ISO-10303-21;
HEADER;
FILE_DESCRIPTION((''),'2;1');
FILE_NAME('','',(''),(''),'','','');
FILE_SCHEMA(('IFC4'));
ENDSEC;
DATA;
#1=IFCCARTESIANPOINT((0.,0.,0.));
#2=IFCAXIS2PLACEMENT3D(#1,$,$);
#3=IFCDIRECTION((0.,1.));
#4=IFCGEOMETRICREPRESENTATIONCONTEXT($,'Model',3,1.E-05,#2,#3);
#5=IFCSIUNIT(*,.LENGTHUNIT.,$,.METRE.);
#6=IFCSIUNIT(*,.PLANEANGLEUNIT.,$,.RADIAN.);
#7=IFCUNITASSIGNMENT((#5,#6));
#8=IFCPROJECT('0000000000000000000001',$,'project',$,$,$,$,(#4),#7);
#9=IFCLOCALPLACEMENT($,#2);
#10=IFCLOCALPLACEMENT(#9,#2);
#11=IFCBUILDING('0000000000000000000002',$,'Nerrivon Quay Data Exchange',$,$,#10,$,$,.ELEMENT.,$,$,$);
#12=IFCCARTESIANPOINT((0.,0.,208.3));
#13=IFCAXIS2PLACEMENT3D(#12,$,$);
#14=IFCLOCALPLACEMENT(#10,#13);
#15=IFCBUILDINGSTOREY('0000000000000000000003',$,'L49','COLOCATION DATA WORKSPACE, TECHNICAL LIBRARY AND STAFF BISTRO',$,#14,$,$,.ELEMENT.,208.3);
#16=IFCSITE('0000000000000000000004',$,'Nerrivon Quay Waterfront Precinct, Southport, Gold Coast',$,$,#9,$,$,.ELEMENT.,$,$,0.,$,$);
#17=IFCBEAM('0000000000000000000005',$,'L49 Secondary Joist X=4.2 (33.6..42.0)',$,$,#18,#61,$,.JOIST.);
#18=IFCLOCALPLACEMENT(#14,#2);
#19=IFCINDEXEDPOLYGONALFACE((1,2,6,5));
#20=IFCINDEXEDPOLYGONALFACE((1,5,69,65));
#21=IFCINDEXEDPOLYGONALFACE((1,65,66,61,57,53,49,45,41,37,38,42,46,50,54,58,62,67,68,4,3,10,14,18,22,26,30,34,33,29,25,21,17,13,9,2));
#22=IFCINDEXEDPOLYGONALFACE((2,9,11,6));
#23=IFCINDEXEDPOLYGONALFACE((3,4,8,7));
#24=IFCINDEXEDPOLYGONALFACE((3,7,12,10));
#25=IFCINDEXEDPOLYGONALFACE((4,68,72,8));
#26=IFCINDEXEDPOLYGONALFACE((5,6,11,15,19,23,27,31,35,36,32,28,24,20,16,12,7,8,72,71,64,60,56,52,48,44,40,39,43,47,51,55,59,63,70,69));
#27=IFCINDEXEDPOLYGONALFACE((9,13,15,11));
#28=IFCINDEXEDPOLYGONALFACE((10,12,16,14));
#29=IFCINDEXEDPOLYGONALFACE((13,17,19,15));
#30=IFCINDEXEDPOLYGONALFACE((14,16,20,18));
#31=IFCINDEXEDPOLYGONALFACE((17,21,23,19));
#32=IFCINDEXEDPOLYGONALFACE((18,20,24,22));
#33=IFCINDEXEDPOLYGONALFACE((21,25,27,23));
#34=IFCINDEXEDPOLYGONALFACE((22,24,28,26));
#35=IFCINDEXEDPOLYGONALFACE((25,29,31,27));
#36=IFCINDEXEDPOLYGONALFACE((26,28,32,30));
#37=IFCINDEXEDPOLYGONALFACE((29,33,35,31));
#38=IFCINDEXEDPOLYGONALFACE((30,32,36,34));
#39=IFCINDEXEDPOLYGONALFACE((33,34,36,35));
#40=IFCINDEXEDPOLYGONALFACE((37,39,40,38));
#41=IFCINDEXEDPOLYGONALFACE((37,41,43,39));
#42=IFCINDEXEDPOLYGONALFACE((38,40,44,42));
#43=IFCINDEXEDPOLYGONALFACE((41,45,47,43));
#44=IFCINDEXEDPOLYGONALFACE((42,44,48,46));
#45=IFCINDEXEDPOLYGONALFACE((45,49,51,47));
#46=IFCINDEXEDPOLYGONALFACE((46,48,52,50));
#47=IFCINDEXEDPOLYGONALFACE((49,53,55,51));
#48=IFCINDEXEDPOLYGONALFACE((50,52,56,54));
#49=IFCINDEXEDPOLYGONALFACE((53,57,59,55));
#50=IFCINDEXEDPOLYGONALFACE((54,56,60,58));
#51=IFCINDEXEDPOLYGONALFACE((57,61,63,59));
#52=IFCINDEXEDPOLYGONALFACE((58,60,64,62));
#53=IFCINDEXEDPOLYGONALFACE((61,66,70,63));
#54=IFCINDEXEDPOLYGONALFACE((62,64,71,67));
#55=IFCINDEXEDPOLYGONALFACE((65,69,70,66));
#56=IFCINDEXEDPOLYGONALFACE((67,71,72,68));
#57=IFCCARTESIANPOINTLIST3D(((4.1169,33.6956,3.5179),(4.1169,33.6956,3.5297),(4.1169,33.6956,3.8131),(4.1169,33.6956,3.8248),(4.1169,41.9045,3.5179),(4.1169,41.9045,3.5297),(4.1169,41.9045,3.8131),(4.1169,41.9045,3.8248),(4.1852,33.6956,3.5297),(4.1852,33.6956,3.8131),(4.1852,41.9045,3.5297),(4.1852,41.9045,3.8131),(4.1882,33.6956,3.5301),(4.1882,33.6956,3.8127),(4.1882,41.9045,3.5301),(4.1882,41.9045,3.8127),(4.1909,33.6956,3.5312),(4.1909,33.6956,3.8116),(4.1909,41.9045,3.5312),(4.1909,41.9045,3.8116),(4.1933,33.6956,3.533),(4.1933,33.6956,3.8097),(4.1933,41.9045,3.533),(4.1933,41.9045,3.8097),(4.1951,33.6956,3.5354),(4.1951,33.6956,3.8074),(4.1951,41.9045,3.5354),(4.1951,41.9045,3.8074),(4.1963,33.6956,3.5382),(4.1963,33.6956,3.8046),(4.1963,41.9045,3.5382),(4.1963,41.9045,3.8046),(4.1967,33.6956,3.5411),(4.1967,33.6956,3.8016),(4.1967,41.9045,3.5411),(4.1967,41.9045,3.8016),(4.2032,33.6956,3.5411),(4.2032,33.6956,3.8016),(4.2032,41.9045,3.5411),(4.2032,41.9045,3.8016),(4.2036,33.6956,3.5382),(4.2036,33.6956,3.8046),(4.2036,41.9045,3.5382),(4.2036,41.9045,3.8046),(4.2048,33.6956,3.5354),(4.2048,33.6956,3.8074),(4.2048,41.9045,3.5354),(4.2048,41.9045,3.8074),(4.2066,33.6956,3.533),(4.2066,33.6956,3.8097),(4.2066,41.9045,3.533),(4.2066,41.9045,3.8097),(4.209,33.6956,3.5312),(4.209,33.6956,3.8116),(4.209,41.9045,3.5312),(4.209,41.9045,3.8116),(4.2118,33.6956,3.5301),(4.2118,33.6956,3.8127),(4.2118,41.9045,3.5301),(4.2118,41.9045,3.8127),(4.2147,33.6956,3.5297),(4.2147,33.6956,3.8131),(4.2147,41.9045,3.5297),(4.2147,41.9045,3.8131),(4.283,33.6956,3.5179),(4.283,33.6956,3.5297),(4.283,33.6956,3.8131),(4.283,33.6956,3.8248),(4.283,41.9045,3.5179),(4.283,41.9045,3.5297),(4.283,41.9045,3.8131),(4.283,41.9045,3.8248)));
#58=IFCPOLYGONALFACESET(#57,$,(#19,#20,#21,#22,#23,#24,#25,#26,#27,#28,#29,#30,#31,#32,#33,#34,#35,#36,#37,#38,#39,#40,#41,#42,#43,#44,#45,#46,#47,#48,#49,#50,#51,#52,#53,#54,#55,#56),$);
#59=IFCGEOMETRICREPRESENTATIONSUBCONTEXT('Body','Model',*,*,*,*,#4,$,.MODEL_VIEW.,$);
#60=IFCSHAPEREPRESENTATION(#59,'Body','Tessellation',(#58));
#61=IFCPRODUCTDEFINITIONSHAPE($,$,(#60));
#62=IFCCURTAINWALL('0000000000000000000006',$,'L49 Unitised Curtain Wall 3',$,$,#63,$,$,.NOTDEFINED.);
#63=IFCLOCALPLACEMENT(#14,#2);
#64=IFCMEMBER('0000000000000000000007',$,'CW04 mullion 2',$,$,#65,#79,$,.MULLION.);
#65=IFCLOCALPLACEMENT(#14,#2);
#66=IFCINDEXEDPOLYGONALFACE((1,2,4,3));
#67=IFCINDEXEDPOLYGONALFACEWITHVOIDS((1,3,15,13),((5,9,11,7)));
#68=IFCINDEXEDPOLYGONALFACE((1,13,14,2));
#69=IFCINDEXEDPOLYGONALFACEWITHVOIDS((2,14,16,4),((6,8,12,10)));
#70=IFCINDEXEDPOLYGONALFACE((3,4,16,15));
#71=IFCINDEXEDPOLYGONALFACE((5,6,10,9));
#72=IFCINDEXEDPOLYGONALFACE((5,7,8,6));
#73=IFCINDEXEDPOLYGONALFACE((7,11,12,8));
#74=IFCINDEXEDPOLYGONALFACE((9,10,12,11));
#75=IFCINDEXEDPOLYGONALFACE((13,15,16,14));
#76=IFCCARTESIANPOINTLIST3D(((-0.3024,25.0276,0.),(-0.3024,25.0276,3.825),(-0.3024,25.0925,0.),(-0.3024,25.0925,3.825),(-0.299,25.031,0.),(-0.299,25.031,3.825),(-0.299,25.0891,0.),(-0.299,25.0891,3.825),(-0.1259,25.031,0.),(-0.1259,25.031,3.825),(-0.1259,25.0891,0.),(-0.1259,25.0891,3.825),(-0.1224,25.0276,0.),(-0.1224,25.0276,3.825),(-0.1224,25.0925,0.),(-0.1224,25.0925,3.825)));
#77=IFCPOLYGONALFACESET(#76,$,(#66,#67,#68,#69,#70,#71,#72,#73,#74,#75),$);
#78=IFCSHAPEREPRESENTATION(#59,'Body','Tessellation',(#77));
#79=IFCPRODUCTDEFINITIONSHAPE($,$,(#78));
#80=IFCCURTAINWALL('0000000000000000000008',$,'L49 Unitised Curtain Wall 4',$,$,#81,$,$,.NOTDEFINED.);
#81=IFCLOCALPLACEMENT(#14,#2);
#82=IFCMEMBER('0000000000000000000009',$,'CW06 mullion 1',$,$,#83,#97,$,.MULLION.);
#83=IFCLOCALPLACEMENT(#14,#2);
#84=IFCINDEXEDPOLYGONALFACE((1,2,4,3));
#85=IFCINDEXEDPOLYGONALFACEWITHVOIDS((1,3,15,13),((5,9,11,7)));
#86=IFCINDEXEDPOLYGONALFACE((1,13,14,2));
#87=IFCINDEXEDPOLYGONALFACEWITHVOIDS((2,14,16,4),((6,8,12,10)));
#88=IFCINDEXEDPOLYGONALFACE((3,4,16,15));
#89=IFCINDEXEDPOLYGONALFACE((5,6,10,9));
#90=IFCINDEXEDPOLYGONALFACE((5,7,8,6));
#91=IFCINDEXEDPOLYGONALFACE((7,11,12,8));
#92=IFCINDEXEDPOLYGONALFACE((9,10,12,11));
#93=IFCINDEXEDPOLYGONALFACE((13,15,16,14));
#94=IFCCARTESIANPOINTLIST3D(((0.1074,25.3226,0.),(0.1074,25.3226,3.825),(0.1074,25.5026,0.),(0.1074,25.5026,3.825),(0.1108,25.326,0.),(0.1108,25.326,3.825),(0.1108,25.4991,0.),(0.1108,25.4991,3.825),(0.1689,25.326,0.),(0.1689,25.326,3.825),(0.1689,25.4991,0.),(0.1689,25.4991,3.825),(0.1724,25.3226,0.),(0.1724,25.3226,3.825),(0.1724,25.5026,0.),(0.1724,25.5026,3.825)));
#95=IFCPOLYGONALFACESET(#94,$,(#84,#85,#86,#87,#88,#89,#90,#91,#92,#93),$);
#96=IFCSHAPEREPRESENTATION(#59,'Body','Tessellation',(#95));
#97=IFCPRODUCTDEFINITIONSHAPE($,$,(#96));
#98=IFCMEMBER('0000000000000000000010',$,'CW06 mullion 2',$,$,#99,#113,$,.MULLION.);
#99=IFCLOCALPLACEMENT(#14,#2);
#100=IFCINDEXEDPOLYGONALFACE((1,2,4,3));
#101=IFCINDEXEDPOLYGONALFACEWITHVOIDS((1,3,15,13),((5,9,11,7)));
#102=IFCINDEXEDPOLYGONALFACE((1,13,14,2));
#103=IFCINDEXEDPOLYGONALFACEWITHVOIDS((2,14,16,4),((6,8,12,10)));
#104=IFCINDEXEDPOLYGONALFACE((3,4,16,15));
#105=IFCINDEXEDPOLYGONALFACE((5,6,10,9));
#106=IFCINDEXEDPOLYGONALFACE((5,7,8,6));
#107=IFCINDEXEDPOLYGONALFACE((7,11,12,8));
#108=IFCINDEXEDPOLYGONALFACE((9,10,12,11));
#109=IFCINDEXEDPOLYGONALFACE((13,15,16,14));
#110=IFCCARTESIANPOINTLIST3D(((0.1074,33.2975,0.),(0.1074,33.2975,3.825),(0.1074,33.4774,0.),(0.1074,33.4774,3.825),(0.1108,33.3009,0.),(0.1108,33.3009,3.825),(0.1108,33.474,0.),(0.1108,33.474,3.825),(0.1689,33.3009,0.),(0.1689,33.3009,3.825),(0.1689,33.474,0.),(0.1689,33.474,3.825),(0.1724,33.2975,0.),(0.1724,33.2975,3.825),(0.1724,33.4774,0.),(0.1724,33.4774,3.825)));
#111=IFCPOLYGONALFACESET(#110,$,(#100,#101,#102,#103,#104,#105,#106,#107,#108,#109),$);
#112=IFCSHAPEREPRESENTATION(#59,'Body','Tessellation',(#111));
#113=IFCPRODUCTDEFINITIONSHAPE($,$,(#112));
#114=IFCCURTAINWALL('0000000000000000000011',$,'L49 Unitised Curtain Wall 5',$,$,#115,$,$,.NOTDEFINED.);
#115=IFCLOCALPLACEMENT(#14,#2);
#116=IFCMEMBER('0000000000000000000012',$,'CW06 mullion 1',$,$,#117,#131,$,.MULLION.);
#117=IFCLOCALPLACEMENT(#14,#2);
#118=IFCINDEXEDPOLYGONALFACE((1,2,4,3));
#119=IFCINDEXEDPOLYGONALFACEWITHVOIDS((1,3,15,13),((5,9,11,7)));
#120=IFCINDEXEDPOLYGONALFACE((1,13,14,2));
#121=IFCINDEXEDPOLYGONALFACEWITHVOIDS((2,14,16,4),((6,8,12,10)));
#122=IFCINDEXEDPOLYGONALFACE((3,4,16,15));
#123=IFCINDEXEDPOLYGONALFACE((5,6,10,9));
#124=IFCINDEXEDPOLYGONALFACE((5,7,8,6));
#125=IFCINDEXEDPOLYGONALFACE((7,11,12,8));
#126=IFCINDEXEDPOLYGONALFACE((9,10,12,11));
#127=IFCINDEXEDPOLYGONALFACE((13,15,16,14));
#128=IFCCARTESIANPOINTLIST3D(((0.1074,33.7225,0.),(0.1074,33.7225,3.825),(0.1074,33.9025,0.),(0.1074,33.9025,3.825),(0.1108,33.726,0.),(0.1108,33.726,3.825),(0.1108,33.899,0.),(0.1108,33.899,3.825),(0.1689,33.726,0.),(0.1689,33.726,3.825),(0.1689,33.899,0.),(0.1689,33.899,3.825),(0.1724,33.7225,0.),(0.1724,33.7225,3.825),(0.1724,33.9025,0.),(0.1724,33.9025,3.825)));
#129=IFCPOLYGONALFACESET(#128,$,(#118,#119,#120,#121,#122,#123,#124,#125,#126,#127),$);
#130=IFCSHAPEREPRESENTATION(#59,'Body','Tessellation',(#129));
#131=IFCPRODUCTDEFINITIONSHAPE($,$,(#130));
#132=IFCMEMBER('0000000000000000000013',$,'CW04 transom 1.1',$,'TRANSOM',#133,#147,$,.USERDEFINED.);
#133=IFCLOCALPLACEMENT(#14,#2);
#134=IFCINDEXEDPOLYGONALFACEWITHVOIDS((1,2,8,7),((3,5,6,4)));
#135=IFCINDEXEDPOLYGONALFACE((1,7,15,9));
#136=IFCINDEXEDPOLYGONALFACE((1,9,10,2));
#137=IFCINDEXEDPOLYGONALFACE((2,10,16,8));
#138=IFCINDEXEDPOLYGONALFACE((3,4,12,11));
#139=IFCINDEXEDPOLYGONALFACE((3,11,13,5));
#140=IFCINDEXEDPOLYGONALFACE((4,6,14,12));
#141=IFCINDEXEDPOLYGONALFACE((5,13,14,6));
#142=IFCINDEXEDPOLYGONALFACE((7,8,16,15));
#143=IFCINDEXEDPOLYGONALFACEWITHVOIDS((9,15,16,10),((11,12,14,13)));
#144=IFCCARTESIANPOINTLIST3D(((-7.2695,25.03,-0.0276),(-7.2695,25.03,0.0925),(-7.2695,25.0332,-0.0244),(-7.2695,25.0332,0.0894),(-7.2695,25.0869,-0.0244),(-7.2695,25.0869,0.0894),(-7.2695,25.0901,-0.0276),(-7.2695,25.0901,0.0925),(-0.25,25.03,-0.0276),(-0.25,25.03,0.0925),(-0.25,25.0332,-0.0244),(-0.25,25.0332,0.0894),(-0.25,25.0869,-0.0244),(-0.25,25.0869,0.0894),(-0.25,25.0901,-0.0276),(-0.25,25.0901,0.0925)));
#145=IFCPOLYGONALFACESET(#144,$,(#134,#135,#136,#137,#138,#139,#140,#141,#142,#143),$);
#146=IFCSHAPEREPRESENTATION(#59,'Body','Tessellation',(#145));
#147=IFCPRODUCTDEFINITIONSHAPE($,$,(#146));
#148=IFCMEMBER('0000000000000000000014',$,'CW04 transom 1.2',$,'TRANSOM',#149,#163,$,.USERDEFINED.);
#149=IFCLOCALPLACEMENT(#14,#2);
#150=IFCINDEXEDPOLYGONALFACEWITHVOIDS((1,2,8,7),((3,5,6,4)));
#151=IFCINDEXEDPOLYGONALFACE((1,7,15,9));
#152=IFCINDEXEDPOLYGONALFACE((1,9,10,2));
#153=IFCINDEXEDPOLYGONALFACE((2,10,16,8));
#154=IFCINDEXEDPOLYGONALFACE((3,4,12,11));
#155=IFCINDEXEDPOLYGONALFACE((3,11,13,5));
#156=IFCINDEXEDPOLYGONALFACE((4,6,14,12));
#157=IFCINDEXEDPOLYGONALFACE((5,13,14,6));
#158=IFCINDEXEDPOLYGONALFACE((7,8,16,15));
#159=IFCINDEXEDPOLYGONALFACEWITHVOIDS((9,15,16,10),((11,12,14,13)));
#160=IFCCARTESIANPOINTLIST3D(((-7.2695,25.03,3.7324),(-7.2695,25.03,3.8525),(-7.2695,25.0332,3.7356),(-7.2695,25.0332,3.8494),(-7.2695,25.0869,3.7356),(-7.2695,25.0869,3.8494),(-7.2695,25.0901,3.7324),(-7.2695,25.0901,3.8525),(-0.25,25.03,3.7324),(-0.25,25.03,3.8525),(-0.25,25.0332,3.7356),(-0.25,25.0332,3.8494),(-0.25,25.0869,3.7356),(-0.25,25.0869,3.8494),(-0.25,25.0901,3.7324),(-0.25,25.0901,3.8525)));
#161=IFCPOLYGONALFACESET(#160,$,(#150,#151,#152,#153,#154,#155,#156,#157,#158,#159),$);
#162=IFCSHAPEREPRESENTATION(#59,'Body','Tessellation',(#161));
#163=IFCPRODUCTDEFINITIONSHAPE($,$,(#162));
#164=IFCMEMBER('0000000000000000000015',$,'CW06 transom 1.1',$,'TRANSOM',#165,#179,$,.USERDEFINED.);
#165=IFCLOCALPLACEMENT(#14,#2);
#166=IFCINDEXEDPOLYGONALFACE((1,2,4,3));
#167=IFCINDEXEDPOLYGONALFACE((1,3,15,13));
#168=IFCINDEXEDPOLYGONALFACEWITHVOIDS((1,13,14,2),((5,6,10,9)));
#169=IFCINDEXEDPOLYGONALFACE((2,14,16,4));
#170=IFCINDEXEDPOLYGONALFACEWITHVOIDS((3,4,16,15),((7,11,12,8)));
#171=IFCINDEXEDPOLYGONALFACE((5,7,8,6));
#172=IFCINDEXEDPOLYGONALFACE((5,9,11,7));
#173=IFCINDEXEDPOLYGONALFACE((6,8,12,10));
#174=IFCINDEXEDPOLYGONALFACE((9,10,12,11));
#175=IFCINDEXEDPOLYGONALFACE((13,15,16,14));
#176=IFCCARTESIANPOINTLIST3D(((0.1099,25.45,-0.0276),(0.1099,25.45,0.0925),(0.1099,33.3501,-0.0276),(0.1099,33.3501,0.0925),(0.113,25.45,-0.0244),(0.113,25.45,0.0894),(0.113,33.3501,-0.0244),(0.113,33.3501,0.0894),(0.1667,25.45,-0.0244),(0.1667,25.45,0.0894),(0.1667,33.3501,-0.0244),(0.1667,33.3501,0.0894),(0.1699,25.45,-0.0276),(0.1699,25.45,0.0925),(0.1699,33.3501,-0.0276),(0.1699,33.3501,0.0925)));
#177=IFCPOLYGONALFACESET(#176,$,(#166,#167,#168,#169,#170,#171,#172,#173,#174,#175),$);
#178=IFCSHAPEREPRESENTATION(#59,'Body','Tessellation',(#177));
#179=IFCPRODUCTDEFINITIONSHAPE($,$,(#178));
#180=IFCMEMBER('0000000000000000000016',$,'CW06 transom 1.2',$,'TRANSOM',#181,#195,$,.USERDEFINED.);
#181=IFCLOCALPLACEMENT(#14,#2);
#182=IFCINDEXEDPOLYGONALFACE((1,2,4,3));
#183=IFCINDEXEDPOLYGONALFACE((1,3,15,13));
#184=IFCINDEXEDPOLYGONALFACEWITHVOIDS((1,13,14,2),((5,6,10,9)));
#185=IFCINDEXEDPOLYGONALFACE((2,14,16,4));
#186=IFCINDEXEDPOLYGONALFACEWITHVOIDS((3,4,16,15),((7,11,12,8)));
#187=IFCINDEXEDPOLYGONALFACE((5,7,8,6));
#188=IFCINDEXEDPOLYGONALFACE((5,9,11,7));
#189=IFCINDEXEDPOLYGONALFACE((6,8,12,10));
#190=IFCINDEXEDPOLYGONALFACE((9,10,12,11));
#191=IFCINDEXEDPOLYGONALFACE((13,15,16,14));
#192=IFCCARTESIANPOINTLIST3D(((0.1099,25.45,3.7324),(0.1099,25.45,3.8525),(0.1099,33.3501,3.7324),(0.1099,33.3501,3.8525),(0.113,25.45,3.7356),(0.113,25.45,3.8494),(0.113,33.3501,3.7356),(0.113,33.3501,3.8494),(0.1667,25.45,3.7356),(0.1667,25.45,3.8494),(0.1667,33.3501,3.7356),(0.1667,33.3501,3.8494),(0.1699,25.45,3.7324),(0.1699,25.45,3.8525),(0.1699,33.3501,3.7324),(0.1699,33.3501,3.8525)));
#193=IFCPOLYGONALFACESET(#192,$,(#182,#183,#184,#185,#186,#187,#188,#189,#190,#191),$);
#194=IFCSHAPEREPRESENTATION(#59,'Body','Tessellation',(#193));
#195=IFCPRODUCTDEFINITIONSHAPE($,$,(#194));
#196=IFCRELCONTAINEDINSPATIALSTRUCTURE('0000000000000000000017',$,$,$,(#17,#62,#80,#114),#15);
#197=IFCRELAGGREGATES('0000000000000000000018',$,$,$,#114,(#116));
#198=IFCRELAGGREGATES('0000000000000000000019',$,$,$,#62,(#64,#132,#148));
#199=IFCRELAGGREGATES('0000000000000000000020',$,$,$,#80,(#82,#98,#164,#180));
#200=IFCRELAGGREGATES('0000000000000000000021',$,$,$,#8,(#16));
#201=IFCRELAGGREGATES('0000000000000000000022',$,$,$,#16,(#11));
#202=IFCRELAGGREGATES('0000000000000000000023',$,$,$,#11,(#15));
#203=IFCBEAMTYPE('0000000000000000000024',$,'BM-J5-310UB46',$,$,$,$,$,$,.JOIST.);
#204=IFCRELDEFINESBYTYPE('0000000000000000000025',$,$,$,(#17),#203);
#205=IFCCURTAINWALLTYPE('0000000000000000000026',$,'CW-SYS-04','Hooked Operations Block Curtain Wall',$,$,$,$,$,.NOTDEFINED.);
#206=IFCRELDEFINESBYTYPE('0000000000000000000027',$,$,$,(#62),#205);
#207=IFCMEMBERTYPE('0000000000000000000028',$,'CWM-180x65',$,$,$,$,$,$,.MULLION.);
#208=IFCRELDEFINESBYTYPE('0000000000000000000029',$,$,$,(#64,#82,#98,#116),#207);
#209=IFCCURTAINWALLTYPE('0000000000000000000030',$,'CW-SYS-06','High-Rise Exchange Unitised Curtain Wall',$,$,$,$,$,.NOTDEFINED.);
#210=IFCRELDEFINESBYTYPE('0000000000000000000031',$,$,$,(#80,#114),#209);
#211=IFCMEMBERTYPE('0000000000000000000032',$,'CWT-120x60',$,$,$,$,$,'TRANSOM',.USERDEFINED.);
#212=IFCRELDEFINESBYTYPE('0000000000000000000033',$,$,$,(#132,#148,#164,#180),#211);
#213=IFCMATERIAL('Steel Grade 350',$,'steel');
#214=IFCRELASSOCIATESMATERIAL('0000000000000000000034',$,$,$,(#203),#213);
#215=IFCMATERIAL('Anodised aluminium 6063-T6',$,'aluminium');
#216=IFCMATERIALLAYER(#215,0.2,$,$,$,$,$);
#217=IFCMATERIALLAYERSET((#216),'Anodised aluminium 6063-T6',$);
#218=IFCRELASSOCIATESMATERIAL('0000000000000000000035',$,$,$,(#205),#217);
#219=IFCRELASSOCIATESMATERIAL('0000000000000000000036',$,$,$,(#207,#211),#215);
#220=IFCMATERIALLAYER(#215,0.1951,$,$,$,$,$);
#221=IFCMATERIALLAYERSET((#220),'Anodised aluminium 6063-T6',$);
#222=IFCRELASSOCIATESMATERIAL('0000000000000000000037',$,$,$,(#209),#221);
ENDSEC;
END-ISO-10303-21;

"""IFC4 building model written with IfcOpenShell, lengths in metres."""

from ifc_helpers import new_model, si_unit, direction, frame, origin, origin_2d, place, context, subcontext, project, spatial, hollow_rectangle, i_section, extrude, material, layer, layer_set, material_profile, profile_set, type_object, element, aggregate, save


model = new_model("IFC4")

# Units and contexts
model_context = context("Model", 3, precision=1e-05, world=origin(), true_north=direction((0.0, 1.0)))
body_context = subcontext(model_context, "Body", "Model", "MODEL_VIEW")
ifc_project = project(units=[si_unit("LENGTHUNIT", "METRE"), si_unit("PLANEANGLEUNIT", "RADIAN")], contexts=[model_context])

# Site, building, storey
site_placement = place(None, origin())
site = spatial("IfcSite", under=ifc_project, at=site_placement, Name="Nerrivon Quay Waterfront Precinct, Southport, Gold Coast", CompositionType="ELEMENT", RefElevation=0.0)
building_placement = place(site_placement, origin())
building = spatial("IfcBuilding", under=site, at=building_placement, Name="Nerrivon Quay Data Exchange", CompositionType="ELEMENT")
storey_placement = place(building_placement, frame((0.0, 0.0, 208.3)))
storey = spatial("IfcBuildingStorey", under=building, at=storey_placement, Name="L49", Description="COLOCATION DATA WORKSPACE, TECHNICAL LIBRARY AND STAFF BISTRO", CompositionType="ELEMENT", Elevation=208.3)

# Shared definitions
ifc_material_1 = material(Name="Steel Grade 350", Category="steel")

# Beam
ifc_material_profile_1 = material_profile(ifc_material_1, i_section(OverallWidth=0.166, OverallDepth=0.3069, WebThickness=0.0066, FlangeThickness=0.0117, FilletRadius=0.0115, at=origin_2d()), Name="310UB46.2")
ifc_profile_set_1 = profile_set([ifc_material_profile_1], Name="Steel Grade 350")
beam_type_1 = type_object("IfcBeamType", Name="BM-J5-310UB46", PredefinedType="JOIST", material=ifc_profile_set_1)
beam_1_placement = place(storey_placement, frame((4.2, 33.6956, 3.6714), z_axis=(0.0, 1.0, 0.0), x_axis=(-1.0, 0.0, 0.0)))
element("IfcBeam", 1, at=beam_1_placement, inside=storey, type_object=beam_type_1, Name="L49 Secondary Joist X=4.2 (33.6..42.0)", PredefinedType="JOIST", context=body_context, shape_type="SweptSolid", body=[
    extrude(i_section(OverallWidth=0.166, OverallDepth=0.3069, WebThickness=0.0066, FlangeThickness=0.0117, FilletRadius=0.0115, at=origin_2d()), origin(), (0.0, 0.0, 1.0), 8.209),
])

# Curtain wall, member
ifc_material_2 = material(Name="Anodised aluminium 6063-T6", Category="aluminium")
ifc_layer_1 = layer(ifc_material_2, 0.2)
ifc_layer_set_1 = layer_set([ifc_layer_1], Name="Anodised aluminium 6063-T6")
curtain_wall_type_1 = type_object("IfcCurtainWallType", Name="CW-SYS-04", Description="Hooked Operations Block Curtain Wall", PredefinedType="NOTDEFINED", material=ifc_layer_set_1)
curtain_wall_1_placement = place(storey_placement, origin())
curtain_wall_1 = element("IfcCurtainWall", 2, at=curtain_wall_1_placement, inside=storey, type_object=curtain_wall_type_1, Name="L49 Unitised Curtain Wall 3", PredefinedType="NOTDEFINED")
ifc_material_profile_2 = material_profile(ifc_material_2, hollow_rectangle(XDim=0.0649, YDim=0.1799, WallThickness=0.0034, at=origin_2d()), Name="ALU-MULL-180x65")
ifc_profile_set_2 = profile_set([ifc_material_profile_2], Name="Anodised aluminium 6063-T6")
member_type_1 = type_object("IfcMemberType", Name="CWM-180x65", PredefinedType="MULLION", material=ifc_profile_set_2)
member_1_placement = place(storey_placement, frame((-0.2124, 25.0601, 0.0), z_axis=(0.0, 0.0, 1.0), x_axis=(0.0, 1.0, 0.0)))
member_1 = element("IfcMember", 3, at=member_1_placement, type_object=member_type_1, Name="CW04 mullion 2", PredefinedType="MULLION", context=body_context, shape_type="SweptSolid", body=[
    extrude(hollow_rectangle(XDim=0.0649, YDim=0.1799, WallThickness=0.0034, at=origin_2d()), origin(), (0.0, 0.0, 1.0), 3.825),
])

# Curtain wall, members
ifc_layer_2 = layer(ifc_material_2, 0.1951)
ifc_layer_set_2 = layer_set([ifc_layer_2], Name="Anodised aluminium 6063-T6")
curtain_wall_type_2 = type_object("IfcCurtainWallType", Name="CW-SYS-06", Description="High-Rise Exchange Unitised Curtain Wall", PredefinedType="NOTDEFINED", material=ifc_layer_set_2)
curtain_wall_2_placement = place(storey_placement, origin())
curtain_wall_2 = element("IfcCurtainWall", 4, at=curtain_wall_2_placement, inside=storey, type_object=curtain_wall_type_2, Name="L49 Unitised Curtain Wall 4", PredefinedType="NOTDEFINED")
member_2_placement = place(storey_placement, frame((0.1399, 25.4126, 0.0), z_axis=(0.0, 0.0, 1.0), x_axis=(-1.0, 0.0, 0.0)))
member_2 = element("IfcMember", 5, at=member_2_placement, type_object=member_type_1, Name="CW06 mullion 1", PredefinedType="MULLION", context=body_context, shape_type="SweptSolid", body=[
    extrude(hollow_rectangle(XDim=0.0649, YDim=0.1799, WallThickness=0.0034, at=origin_2d()), origin(), (0.0, 0.0, 1.0), 3.825),
])
member_3_placement = place(storey_placement, frame((0.1399, 33.3875, 0.0), z_axis=(0.0, 0.0, 1.0), x_axis=(-1.0, 0.0, 0.0)))
member_3 = element("IfcMember", 6, at=member_3_placement, type_object=member_type_1, Name="CW06 mullion 2", PredefinedType="MULLION", context=body_context, shape_type="SweptSolid", body=[
    extrude(hollow_rectangle(XDim=0.0649, YDim=0.1799, WallThickness=0.0034, at=origin_2d()), origin(), (0.0, 0.0, 1.0), 3.825),
])

# Curtain wall, member
curtain_wall_3_placement = place(storey_placement, origin())
curtain_wall_3 = element("IfcCurtainWall", 7, at=curtain_wall_3_placement, inside=storey, type_object=curtain_wall_type_2, Name="L49 Unitised Curtain Wall 5", PredefinedType="NOTDEFINED")
member_4_placement = place(storey_placement, frame((0.1399, 33.8125, 0.0), z_axis=(0.0, 0.0, 1.0), x_axis=(-1.0, 0.0, 0.0)))
member_4 = element("IfcMember", 8, at=member_4_placement, type_object=member_type_1, Name="CW06 mullion 1", PredefinedType="MULLION", context=body_context, shape_type="SweptSolid", body=[
    extrude(hollow_rectangle(XDim=0.0649, YDim=0.1799, WallThickness=0.0034, at=origin_2d()), origin(), (0.0, 0.0, 1.0), 3.825),
])

# Members
ifc_material_profile_3 = material_profile(ifc_material_2, hollow_rectangle(XDim=0.0601, YDim=0.1201, WallThickness=0.0032, at=origin_2d()), Name="ALU-TRAN-120x60")
ifc_profile_set_3 = profile_set([ifc_material_profile_3], Name="Anodised aluminium 6063-T6")
member_type_2 = type_object("IfcMemberType", Name="CWT-120x60", ElementType="TRANSOM", PredefinedType="USERDEFINED", material=ifc_profile_set_3)
member_5_placement = place(storey_placement, frame((-7.2695, 25.0601, 0.0325), z_axis=(1.0, 0.0, 0.0), x_axis=(0.0, 1.0, 0.0)))
member_5 = element("IfcMember", 9, at=member_5_placement, type_object=member_type_2, Name="CW04 transom 1.1", ObjectType="TRANSOM", PredefinedType="USERDEFINED", context=body_context, shape_type="SweptSolid", body=[
    extrude(hollow_rectangle(XDim=0.0601, YDim=0.1201, WallThickness=0.0032, at=origin_2d()), origin(), (0.0, 0.0, 1.0), 7.0195),
])
member_6_placement = place(storey_placement, frame((-7.2695, 25.0601, 3.7925), z_axis=(1.0, 0.0, 0.0), x_axis=(0.0, 1.0, 0.0)))
member_6 = element("IfcMember", 10, at=member_6_placement, type_object=member_type_2, Name="CW04 transom 1.2", ObjectType="TRANSOM", PredefinedType="USERDEFINED", context=body_context, shape_type="SweptSolid", body=[
    extrude(hollow_rectangle(XDim=0.0601, YDim=0.1201, WallThickness=0.0032, at=origin_2d()), origin(), (0.0, 0.0, 1.0), 7.0195),
])
member_7_placement = place(storey_placement, frame((0.1399, 25.45, 0.0325), z_axis=(0.0, 1.0, 0.0), x_axis=(-1.0, 0.0, 0.0)))
member_7 = element("IfcMember", 11, at=member_7_placement, type_object=member_type_2, Name="CW06 transom 1.1", ObjectType="TRANSOM", PredefinedType="USERDEFINED", context=body_context, shape_type="SweptSolid", body=[
    extrude(hollow_rectangle(XDim=0.0601, YDim=0.1201, WallThickness=0.0032, at=origin_2d()), origin(), (0.0, 0.0, 1.0), 7.9001),
])
member_8_placement = place(storey_placement, frame((0.1399, 25.45, 3.7925), z_axis=(0.0, 1.0, 0.0), x_axis=(-1.0, 0.0, 0.0)))
member_8 = element("IfcMember", 12, at=member_8_placement, type_object=member_type_2, Name="CW06 transom 1.2", ObjectType="TRANSOM", PredefinedType="USERDEFINED", context=body_context, shape_type="SweptSolid", body=[
    extrude(hollow_rectangle(XDim=0.0601, YDim=0.1201, WallThickness=0.0032, at=origin_2d()), origin(), (0.0, 0.0, 1.0), 7.9001),
])
aggregate(curtain_wall_3, [member_4])

aggregate(curtain_wall_1, [member_1, member_5, member_6])
aggregate(curtain_wall_2, [member_2, member_3, member_7, member_8])

save(model, "model.ifc")
